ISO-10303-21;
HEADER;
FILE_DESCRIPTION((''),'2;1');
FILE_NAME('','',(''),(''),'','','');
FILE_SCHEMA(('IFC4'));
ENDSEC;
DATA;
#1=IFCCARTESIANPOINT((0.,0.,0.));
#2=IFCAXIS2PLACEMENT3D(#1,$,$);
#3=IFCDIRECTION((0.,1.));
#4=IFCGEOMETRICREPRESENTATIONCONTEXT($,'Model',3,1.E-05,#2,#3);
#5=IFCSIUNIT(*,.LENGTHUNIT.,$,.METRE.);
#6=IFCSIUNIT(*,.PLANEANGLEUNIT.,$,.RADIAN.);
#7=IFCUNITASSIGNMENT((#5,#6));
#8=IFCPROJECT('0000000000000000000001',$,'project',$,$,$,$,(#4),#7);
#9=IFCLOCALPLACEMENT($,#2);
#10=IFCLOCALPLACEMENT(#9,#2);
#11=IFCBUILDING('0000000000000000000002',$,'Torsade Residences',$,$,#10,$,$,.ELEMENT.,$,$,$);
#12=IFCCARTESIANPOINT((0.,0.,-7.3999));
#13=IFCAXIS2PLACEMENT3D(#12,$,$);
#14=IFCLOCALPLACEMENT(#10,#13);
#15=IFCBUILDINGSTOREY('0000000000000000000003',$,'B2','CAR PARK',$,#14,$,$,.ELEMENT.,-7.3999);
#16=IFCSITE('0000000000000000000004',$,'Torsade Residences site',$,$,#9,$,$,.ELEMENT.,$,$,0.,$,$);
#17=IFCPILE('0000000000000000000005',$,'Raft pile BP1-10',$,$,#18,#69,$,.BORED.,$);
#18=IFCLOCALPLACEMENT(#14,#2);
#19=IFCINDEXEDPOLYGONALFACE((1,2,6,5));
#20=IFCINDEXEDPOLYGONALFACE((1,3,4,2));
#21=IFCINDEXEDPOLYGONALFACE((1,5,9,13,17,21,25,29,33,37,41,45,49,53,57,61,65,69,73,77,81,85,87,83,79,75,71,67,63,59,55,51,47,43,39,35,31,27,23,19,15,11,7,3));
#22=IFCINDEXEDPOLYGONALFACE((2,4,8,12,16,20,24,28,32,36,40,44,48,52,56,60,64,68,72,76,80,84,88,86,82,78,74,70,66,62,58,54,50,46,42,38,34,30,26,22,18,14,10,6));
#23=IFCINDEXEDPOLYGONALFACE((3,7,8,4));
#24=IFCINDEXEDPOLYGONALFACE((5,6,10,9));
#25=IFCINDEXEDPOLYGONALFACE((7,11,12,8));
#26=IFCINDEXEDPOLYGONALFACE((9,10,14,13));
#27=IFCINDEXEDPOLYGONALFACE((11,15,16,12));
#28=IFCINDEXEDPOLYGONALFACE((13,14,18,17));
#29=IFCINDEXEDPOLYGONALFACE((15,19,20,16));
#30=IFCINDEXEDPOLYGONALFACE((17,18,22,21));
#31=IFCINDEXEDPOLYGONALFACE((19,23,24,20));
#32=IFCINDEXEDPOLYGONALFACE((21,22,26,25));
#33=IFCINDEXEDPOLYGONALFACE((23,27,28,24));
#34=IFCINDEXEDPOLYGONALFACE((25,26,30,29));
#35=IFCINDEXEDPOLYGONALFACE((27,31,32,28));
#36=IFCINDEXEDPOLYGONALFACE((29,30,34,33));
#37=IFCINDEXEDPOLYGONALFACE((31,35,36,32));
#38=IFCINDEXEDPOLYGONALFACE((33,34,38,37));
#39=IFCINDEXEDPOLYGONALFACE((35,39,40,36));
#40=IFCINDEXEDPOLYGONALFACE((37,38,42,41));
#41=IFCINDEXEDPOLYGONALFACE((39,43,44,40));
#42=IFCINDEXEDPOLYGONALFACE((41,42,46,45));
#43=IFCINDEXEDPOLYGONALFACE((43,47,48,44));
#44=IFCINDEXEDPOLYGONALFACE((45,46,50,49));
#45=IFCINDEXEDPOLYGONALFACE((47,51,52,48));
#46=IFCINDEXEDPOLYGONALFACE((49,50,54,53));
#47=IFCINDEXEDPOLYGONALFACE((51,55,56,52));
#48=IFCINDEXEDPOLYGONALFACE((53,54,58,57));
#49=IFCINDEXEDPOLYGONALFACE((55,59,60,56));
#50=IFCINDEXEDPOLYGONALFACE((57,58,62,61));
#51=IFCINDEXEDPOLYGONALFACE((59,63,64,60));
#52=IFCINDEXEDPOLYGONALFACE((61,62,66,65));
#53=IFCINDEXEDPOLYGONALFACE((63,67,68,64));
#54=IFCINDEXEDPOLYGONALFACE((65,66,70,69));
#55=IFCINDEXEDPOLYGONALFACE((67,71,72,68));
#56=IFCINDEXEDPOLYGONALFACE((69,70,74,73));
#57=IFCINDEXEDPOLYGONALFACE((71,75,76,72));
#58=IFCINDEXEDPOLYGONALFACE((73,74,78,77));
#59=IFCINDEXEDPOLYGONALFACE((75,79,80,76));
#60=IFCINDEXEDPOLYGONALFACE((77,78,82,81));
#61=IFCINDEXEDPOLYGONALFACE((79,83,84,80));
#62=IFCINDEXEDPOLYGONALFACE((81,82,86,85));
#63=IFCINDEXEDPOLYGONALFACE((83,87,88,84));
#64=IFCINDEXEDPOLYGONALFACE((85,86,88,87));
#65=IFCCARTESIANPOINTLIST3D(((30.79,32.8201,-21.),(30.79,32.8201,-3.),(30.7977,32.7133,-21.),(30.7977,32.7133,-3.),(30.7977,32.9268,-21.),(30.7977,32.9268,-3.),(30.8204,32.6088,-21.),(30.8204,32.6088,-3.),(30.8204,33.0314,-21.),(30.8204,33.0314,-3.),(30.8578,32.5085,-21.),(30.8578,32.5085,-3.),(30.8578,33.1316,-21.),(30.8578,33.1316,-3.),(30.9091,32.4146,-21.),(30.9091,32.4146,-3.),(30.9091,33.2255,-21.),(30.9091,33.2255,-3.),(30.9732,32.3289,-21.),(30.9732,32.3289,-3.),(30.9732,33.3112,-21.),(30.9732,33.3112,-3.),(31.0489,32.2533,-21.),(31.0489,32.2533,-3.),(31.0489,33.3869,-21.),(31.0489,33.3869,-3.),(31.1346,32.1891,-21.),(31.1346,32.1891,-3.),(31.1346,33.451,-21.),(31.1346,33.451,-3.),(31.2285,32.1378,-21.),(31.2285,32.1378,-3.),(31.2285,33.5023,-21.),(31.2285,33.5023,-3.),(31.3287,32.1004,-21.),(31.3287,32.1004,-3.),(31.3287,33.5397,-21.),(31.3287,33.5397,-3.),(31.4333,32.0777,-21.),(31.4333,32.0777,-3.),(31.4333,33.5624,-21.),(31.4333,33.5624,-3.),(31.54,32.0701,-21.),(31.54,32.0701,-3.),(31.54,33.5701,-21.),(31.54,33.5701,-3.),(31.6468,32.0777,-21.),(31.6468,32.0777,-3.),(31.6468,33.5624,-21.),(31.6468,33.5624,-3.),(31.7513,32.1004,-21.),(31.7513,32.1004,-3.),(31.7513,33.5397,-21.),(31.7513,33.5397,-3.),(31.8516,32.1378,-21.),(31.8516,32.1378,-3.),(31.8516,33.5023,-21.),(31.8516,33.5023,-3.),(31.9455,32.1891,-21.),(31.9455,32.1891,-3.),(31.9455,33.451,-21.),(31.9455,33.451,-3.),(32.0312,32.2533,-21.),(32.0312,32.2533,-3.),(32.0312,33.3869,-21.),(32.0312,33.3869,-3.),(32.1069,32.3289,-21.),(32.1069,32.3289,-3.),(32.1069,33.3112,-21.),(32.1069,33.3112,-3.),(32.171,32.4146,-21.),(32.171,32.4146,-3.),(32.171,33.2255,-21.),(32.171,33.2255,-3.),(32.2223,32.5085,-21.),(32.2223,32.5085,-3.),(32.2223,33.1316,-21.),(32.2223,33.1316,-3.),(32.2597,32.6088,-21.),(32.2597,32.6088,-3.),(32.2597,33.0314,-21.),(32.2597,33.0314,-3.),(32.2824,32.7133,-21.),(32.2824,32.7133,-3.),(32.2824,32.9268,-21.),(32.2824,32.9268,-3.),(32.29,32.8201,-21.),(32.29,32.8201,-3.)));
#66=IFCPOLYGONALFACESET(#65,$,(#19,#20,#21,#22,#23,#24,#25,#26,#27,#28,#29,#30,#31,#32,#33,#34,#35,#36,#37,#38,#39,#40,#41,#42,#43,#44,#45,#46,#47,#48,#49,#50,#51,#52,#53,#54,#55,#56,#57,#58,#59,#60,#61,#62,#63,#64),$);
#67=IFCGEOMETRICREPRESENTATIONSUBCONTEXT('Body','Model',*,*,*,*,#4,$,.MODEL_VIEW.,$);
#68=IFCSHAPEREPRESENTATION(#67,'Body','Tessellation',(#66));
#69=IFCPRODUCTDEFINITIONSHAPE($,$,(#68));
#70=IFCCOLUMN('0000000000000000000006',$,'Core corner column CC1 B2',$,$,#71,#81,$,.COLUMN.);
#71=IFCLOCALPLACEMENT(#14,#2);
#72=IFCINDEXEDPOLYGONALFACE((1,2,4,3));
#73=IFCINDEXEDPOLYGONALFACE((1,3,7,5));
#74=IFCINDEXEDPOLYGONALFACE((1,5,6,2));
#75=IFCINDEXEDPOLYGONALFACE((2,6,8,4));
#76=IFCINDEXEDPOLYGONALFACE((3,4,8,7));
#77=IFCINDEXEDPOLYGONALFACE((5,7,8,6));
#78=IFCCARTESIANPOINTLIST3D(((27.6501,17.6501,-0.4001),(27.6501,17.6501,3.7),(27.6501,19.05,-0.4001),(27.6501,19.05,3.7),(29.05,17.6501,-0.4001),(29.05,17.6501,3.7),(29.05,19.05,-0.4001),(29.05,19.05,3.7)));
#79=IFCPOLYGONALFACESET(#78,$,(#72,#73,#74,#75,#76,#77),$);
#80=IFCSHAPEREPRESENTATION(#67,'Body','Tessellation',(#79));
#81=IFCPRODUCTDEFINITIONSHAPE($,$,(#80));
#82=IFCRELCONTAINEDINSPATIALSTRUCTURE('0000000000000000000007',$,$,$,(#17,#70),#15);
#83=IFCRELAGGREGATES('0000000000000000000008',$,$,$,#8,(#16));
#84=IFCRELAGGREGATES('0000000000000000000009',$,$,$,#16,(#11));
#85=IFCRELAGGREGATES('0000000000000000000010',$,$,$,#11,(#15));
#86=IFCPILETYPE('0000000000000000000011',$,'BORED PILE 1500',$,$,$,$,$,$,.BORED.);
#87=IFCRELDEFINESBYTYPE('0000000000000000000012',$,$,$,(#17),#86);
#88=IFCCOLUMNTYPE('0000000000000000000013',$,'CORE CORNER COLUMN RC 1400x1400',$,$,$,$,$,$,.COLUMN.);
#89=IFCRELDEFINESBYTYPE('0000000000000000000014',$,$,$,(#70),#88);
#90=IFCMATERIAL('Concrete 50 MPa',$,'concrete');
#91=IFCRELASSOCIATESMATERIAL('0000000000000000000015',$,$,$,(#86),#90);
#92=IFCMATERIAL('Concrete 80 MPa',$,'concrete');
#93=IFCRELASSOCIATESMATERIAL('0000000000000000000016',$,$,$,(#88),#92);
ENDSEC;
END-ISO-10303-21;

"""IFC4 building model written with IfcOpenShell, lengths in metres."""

from ifc_helpers import new_model, si_unit, direction, frame, origin, origin_2d, place, context, subcontext, project, spatial, rectangle, circle, extrude, material, material_profile, profile_set, type_object, element, save


model = new_model("IFC4")

# Units and contexts
model_context = context("Model", 3, precision=1e-05, world=origin(), true_north=direction((0.0, 1.0)))
body_context = subcontext(model_context, "Body", "Model", "MODEL_VIEW")
ifc_project = project(units=[si_unit("LENGTHUNIT", "METRE"), si_unit("PLANEANGLEUNIT", "RADIAN")], contexts=[model_context])

# Site, building, storey
site_placement = place(None, origin())
site = spatial("IfcSite", under=ifc_project, at=site_placement, Name="Torsade Residences site", CompositionType="ELEMENT", RefElevation=0.0)
building_placement = place(site_placement, origin())
building = spatial("IfcBuilding", under=site, at=building_placement, Name="Torsade Residences", CompositionType="ELEMENT")
storey_placement = place(building_placement, frame((0.0, 0.0, -7.3999)))
storey = spatial("IfcBuildingStorey", under=building, at=storey_placement, Name="B2", Description="CAR PARK", CompositionType="ELEMENT", Elevation=-7.3999)

# Pile
ifc_material_1 = material(Name="Concrete 50 MPa", Category="concrete")
pile_type_1 = type_object("IfcPileType", Name="BORED PILE 1500", PredefinedType="BORED", material=ifc_material_1)
for number, where, z_axis, x_axis, name in (
    (1, (31.54, 32.8201, -3.0), (0.0, 0.0, -1.0), (1.0, 0.0, 0.0), "Raft pile BP1-10"),
):
    element("IfcPile", number, at=place(storey_placement, frame(where, z_axis=z_axis, x_axis=x_axis)), inside=storey, type_object=pile_type_1, Name=name, PredefinedType="BORED", context=body_context, shape_type="SweptSolid", body=[
        extrude(circle(Radius=0.75, at=origin_2d()), origin(), (0.0, 0.0, 1.0), 18.0),
    ])

# Column
ifc_material_2 = material(Name="Concrete 80 MPa", Category="concrete")
ifc_material_profile = material_profile(ifc_material_2, rectangle(XDim=1.3999, YDim=1.3999, at=origin_2d()), Name="RC 1400x1400")
ifc_profile_set = profile_set([ifc_material_profile], Name="Concrete 80 MPa")
column_type = type_object("IfcColumnType", Name="CORE CORNER COLUMN RC 1400x1400", PredefinedType="COLUMN", material=ifc_profile_set)
column_placement = place(storey_placement, frame((28.3501, 18.3501, -0.4001), z_axis=(0.0, 0.0, 1.0), x_axis=(1.0, 0.0, 0.0)))
element("IfcColumn", 2, at=column_placement, inside=storey, type_object=column_type, Name="Core corner column CC1 B2", PredefinedType="COLUMN", context=body_context, shape_type="SweptSolid", body=[
    extrude(rectangle(XDim=1.3999, YDim=1.3999, at=origin_2d()), origin(), (0.0, 0.0, 1.0), 4.1001),
])

save(model, "model.ifc")
